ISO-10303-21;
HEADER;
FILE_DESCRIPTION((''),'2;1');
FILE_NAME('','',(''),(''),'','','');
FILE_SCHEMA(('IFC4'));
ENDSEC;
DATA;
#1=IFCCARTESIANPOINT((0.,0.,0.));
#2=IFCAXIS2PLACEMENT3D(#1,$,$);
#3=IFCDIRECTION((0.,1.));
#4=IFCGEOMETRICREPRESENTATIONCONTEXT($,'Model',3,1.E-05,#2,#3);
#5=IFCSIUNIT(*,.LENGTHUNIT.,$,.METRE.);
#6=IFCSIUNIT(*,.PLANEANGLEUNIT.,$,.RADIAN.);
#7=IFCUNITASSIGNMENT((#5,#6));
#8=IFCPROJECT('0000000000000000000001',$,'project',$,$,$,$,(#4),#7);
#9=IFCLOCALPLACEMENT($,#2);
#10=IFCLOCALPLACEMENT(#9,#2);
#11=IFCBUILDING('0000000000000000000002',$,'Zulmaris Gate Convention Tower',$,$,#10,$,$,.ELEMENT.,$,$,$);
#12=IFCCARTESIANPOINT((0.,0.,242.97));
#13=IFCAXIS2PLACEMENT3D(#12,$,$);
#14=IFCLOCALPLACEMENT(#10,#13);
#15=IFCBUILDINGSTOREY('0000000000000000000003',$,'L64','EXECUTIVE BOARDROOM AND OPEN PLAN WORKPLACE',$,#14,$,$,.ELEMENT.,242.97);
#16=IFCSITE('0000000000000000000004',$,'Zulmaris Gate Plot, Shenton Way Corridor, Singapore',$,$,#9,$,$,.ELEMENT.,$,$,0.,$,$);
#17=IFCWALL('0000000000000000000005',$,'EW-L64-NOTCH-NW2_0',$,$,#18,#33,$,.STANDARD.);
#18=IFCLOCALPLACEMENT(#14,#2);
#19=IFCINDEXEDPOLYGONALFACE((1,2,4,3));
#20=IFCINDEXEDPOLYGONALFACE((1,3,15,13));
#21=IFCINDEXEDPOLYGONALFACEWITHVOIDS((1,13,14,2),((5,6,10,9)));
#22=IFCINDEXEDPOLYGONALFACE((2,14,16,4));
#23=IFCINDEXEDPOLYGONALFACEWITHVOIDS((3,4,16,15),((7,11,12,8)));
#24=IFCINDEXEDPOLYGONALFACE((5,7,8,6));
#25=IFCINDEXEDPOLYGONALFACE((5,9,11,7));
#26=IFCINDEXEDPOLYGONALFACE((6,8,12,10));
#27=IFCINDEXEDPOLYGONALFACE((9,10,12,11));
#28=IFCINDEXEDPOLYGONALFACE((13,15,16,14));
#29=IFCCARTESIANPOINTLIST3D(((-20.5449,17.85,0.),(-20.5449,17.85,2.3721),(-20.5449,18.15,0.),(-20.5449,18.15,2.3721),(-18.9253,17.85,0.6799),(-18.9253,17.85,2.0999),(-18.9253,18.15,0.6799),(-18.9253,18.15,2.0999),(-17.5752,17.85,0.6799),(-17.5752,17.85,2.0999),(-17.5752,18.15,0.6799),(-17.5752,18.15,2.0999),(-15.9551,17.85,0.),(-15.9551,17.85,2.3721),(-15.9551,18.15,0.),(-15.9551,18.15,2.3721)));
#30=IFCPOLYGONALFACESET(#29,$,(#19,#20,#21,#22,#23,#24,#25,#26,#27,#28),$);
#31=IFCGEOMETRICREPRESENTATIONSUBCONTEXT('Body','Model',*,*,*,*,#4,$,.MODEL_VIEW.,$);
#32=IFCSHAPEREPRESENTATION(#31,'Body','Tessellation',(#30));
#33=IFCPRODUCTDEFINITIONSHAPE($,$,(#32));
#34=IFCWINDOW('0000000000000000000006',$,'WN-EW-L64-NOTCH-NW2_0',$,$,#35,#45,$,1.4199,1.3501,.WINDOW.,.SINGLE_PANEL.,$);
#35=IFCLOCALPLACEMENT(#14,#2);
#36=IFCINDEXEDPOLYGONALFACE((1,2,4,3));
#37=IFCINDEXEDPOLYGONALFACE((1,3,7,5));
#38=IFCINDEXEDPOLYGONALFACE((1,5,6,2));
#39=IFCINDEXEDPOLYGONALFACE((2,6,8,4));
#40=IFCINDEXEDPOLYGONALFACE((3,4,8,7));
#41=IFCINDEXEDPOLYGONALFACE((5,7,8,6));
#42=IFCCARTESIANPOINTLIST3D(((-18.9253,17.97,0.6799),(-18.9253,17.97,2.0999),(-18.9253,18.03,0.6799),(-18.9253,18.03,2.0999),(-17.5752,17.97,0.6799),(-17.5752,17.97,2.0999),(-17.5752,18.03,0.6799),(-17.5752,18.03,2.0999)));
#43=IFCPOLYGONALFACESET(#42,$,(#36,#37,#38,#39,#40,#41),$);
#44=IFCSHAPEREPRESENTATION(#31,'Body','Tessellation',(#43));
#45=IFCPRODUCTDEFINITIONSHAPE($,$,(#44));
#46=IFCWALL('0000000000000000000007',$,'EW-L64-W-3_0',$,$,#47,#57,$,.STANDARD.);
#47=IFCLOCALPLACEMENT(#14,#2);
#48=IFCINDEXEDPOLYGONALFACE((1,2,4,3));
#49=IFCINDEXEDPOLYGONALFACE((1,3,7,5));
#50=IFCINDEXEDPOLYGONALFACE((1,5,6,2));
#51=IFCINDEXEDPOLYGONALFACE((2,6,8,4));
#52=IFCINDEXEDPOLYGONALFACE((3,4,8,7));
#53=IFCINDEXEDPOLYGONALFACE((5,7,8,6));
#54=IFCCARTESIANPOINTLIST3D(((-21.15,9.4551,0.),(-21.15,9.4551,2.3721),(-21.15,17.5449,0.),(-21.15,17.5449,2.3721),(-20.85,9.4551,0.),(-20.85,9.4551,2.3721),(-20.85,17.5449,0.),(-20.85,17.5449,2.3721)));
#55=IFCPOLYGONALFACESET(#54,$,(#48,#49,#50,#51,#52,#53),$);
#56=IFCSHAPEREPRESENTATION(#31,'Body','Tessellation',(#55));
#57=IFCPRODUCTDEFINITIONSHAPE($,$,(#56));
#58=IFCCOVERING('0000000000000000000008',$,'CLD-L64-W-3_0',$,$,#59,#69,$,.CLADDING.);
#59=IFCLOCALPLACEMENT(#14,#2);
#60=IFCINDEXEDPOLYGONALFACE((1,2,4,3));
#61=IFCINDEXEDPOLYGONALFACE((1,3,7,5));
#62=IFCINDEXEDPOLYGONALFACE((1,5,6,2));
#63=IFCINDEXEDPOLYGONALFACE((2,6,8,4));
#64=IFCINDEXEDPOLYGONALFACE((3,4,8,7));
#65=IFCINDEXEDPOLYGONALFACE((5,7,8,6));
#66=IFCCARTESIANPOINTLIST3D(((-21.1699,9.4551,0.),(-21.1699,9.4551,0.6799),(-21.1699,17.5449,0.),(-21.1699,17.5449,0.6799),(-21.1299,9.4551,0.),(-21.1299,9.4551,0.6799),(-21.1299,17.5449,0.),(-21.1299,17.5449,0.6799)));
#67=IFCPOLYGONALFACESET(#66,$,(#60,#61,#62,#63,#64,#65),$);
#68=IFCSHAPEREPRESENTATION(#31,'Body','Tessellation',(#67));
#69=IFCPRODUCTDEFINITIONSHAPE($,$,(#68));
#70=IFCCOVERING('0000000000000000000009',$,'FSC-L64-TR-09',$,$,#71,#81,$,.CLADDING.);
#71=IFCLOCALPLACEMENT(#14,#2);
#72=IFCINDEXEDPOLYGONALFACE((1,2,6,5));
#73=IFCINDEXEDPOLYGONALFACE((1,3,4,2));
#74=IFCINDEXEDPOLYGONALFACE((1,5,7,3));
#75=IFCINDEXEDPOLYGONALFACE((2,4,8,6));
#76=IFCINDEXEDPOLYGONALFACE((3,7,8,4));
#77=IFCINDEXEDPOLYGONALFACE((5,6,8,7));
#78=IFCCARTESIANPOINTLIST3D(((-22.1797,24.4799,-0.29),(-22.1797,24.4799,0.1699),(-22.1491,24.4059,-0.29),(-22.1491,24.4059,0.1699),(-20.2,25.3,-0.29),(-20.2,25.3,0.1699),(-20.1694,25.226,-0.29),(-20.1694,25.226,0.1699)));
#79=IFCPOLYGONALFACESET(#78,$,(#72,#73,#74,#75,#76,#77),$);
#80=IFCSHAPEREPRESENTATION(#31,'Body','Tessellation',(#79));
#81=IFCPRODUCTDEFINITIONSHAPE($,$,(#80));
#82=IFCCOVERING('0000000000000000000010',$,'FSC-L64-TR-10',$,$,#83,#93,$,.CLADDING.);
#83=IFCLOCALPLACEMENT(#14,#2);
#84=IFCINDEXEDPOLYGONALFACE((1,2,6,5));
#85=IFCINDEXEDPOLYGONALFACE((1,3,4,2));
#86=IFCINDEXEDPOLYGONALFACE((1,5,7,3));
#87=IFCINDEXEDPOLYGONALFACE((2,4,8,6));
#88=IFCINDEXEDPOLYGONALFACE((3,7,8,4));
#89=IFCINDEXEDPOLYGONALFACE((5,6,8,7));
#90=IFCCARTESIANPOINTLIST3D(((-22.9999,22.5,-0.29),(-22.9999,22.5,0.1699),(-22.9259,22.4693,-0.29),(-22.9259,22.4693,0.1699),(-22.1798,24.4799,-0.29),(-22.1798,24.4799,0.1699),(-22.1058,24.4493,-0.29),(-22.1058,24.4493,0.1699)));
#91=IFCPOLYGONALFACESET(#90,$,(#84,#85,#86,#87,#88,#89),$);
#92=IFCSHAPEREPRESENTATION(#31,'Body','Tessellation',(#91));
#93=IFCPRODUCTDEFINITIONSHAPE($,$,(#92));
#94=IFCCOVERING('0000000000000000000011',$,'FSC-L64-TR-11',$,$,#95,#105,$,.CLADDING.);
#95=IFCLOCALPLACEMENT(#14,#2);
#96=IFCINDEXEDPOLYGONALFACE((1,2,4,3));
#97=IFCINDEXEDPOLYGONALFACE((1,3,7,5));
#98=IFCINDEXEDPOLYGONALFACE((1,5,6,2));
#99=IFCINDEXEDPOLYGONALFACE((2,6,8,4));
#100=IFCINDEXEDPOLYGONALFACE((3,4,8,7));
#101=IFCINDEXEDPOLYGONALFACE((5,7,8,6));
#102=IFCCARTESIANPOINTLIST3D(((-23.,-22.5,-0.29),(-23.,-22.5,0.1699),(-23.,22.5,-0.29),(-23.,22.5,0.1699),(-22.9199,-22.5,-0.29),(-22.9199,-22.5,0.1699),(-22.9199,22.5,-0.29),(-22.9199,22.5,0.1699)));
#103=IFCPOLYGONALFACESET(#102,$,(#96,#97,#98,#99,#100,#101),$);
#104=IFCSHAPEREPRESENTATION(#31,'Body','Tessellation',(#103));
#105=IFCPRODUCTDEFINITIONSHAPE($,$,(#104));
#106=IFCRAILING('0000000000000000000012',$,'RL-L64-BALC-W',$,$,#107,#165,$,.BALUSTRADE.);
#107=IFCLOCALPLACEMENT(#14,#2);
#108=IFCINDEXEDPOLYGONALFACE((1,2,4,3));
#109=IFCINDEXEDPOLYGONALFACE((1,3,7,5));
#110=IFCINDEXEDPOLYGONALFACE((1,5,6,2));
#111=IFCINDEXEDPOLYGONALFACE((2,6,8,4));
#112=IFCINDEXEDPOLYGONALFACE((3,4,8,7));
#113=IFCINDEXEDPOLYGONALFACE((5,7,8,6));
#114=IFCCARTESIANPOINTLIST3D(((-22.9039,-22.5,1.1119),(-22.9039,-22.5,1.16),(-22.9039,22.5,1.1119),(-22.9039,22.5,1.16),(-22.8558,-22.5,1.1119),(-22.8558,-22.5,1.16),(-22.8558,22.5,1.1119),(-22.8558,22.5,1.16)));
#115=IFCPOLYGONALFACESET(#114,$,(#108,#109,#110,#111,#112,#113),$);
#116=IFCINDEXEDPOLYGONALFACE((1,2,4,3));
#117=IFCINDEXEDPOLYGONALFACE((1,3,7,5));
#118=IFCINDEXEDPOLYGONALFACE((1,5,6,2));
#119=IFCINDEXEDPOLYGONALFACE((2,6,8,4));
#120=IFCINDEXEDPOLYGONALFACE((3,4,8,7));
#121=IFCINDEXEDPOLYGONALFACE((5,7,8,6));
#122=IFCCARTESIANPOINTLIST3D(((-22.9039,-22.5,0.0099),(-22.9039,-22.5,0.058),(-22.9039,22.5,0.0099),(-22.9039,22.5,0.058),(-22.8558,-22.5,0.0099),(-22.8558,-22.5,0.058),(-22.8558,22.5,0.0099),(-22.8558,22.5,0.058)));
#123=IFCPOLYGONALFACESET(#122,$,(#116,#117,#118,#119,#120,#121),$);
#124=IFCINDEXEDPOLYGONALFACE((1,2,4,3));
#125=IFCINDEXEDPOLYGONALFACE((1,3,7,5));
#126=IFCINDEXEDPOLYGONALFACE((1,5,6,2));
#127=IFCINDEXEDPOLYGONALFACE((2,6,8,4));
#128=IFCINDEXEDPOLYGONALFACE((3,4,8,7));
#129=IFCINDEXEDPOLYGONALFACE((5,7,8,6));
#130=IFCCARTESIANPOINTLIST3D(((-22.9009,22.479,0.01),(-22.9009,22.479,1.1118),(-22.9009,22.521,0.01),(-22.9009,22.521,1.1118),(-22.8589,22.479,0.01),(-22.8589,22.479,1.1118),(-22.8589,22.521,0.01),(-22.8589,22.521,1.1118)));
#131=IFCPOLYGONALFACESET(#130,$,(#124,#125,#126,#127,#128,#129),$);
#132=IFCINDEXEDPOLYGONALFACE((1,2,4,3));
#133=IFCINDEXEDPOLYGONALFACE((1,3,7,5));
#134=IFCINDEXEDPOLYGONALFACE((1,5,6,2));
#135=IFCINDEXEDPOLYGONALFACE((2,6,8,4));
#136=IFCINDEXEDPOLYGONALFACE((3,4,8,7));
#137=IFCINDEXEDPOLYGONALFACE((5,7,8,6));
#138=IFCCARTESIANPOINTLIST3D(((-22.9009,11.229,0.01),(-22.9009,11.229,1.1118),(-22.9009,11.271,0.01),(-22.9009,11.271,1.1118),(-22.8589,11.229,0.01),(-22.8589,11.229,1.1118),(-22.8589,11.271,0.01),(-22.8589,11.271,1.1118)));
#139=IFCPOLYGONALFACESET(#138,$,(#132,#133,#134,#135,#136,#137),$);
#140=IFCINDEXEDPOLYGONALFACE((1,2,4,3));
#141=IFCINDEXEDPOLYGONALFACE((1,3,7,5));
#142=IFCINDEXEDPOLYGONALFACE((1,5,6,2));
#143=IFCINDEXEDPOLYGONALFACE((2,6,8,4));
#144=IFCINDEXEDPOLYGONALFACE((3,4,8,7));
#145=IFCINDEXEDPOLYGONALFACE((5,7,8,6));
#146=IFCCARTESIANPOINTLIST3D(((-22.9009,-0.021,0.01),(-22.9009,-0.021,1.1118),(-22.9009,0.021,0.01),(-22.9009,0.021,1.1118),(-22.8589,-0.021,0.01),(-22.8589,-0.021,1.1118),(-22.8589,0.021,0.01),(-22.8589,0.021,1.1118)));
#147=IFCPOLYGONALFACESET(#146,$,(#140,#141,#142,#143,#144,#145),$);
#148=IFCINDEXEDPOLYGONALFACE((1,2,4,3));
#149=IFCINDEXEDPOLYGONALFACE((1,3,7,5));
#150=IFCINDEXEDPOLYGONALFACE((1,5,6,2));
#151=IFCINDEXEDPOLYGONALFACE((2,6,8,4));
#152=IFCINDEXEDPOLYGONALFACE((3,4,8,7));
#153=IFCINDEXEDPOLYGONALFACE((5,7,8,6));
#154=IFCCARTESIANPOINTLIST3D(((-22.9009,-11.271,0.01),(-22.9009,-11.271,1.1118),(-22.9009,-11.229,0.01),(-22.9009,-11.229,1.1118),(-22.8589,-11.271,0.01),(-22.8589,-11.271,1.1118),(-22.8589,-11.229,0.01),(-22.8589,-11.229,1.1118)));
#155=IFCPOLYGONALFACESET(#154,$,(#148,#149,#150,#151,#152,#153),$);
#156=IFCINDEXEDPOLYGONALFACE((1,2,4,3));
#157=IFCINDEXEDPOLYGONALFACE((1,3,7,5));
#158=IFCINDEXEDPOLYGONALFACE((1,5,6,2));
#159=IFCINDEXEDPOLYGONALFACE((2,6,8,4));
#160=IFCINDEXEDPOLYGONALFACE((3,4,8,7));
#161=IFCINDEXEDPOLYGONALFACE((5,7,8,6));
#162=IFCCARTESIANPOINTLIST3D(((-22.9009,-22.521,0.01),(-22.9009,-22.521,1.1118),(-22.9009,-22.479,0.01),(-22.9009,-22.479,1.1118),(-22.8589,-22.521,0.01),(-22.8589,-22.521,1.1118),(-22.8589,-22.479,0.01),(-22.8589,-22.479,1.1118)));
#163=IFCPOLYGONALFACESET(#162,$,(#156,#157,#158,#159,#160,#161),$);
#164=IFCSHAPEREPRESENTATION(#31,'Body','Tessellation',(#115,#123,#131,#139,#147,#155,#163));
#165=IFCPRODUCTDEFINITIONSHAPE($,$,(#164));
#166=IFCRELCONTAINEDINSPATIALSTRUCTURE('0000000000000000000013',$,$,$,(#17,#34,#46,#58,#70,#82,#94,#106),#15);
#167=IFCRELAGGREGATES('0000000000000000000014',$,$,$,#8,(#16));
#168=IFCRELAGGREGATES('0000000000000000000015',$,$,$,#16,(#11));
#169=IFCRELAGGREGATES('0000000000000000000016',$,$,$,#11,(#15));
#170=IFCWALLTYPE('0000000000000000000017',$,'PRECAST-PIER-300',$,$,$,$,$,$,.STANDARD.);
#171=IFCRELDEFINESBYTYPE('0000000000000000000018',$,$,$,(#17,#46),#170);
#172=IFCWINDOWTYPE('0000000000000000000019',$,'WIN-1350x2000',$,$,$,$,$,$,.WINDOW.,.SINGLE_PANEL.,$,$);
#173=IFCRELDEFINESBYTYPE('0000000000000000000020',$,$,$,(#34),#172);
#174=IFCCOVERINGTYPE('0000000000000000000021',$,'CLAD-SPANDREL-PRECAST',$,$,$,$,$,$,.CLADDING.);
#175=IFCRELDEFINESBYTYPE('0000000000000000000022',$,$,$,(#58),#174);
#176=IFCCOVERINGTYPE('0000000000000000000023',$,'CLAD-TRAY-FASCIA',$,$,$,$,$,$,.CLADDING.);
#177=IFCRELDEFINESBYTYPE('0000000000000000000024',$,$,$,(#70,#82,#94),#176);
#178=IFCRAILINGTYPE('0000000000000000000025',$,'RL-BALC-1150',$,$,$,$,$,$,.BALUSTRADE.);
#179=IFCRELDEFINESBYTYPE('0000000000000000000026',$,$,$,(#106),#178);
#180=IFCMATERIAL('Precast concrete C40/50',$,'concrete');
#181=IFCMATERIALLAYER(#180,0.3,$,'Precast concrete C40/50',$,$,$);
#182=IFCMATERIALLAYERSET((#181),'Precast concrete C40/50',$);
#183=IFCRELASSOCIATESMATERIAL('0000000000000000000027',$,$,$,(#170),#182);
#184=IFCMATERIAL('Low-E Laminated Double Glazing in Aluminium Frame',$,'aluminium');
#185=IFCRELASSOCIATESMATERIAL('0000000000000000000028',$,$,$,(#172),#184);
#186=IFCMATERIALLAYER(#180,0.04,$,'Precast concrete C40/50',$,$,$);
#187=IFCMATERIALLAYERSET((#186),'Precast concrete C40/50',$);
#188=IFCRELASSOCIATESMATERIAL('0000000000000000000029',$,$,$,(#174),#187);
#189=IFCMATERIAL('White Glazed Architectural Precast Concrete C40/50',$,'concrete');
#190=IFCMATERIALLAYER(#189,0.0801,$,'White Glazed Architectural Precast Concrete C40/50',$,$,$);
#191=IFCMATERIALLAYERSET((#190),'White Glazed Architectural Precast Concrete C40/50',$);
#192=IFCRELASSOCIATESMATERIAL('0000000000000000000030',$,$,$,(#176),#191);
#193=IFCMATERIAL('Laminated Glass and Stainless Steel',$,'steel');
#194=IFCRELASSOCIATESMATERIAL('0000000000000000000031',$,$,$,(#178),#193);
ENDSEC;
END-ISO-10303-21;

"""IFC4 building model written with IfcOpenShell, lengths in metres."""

from ifc_helpers import new_model, si_unit, direction, frame, frame_2d, origin, origin_2d, place, context, subcontext, project, spatial, rectangle, extrude, material, layer, layer_set, type_object, element, fill, save


model = new_model("IFC4")

# Units and contexts
model_context = context("Model", 3, precision=1e-05, world=origin(), true_north=direction((0.0, 1.0)))
body_context = subcontext(model_context, "Body", "Model", "MODEL_VIEW")
ifc_project = project(units=[si_unit("LENGTHUNIT", "METRE"), si_unit("PLANEANGLEUNIT", "RADIAN")], contexts=[model_context])

# Site, building, storey
site_placement = place(None, origin())
site = spatial("IfcSite", under=ifc_project, at=site_placement, Name="Zulmaris Gate Plot, Shenton Way Corridor, Singapore", CompositionType="ELEMENT", RefElevation=0.0)
building_placement = place(site_placement, origin())
building = spatial("IfcBuilding", under=site, at=building_placement, Name="Zulmaris Gate Convention Tower", CompositionType="ELEMENT")
storey_placement = place(building_placement, frame((0.0, 0.0, 242.97)))
storey = spatial("IfcBuildingStorey", under=building, at=storey_placement, Name="L64", Description="EXECUTIVE BOARDROOM AND OPEN PLAN WORKPLACE", CompositionType="ELEMENT", Elevation=242.97)

# Wall, opening, window
ifc_material_1 = material(Name="Precast concrete C40/50", Category="concrete")
ifc_layer_1 = layer(ifc_material_1, 0.3, Name="Precast concrete C40/50")
ifc_layer_set_1 = layer_set([ifc_layer_1], Name="Precast concrete C40/50")
wall_type_1 = type_object("IfcWallType", Name="PRECAST-PIER-300", PredefinedType="STANDARD", material=ifc_layer_set_1)
ifc_material_2 = material(Name="Low-E Laminated Double Glazing in Aluminium Frame", Category="aluminium")
window_type = type_object("IfcWindowType", Name="WIN-1350x2000", PartitioningType="SINGLE_PANEL", PredefinedType="WINDOW", material=ifc_material_2)
wall_1_placement = place(storey_placement, frame((-15.9551, 18.0, 0.0), z_axis=(0.0, 0.0, 1.0), x_axis=(-1.0, 0.0, 0.0)))
wall_1 = element("IfcWall", 1, at=wall_1_placement, inside=storey, type_object=wall_type_1, Name="EW-L64-NOTCH-NW2_0", PredefinedType="STANDARD", context=body_context, shape_type="SweptSolid", body=[
    extrude(rectangle(XDim=4.5898, YDim=0.3, at=frame_2d((2.2949, 0.0))), origin(), (0.0, 0.0, 1.0), 2.3721),
])
opening_1_placement = place(wall_1_placement, frame((1.6201, 0.0, 0.6799)))
opening_1 = element("IfcOpeningElement", 2, at=opening_1_placement, cuts=wall_1, PredefinedType="OPENING", context=body_context, shape_type="SweptSolid", body=[
    extrude(rectangle(XDim=1.3501, YDim=1.4199, at=frame_2d((0.675, 0.71))), frame((0.0, 0.1602, 0.0), z_axis=(0.0, -1.0, 0.0), x_axis=(1.0, 0.0, 0.0)), (0.0, 0.0, 1.0), 0.3201),
])
window_1_placement = place(opening_1_placement, origin())
window_1 = element("IfcWindow", 3, at=window_1_placement, inside=storey, type_object=window_type, Name="WN-EW-L64-NOTCH-NW2_0", OverallHeight=1.4199, OverallWidth=1.3501, PartitioningType="SINGLE_PANEL", PredefinedType="WINDOW", context=body_context, shape_type="SweptSolid", body=[
    extrude(rectangle(XDim=1.3501, YDim=1.4199, at=frame_2d((0.675, 0.71))), frame((0.0, 0.03, 0.0), z_axis=(0.0, -1.0, 0.0), x_axis=(1.0, 0.0, 0.0)), (0.0, 0.0, 1.0), 0.0601),
])
fill(opening_1, window_1)

# Wall
wall_2_placement = place(storey_placement, frame((-21.0, 17.5449, 0.0), z_axis=(0.0, 0.0, 1.0), x_axis=(0.0, -1.0, 0.0)))
element("IfcWall", 4, at=wall_2_placement, inside=storey, type_object=wall_type_1, Name="EW-L64-W-3_0", PredefinedType="STANDARD", context=body_context, shape_type="SweptSolid", body=[
    extrude(rectangle(XDim=8.0898, YDim=0.3, at=frame_2d((4.0449, 0.0))), origin(), (0.0, 0.0, 1.0), 2.3721),
])

# Coverings
ifc_layer_2 = layer(ifc_material_1, 0.04, Name="Precast concrete C40/50")
ifc_layer_set_2 = layer_set([ifc_layer_2], Name="Precast concrete C40/50")
covering_type_1 = type_object("IfcCoveringType", Name="CLAD-SPANDREL-PRECAST", PredefinedType="CLADDING", material=ifc_layer_set_2)
covering_1_placement = place(storey_placement, frame((-21.1499, 17.5449, 0.0), z_axis=(0.0, 0.0, 1.0), x_axis=(0.0, -1.0, 0.0)))
element("IfcCovering", 5, at=covering_1_placement, inside=storey, type_object=covering_type_1, Name="CLD-L64-W-3_0", PredefinedType="CLADDING", context=body_context, shape_type="SweptSolid", body=[
    extrude(rectangle(XDim=8.0898, YDim=0.04, at=frame_2d((4.0449, 0.0))), origin(), (0.0, 0.0, 1.0), 0.6799),
])
ifc_material_3 = material(Name="White Glazed Architectural Precast Concrete C40/50", Category="concrete")
ifc_layer_3 = layer(ifc_material_3, 0.0801, Name="White Glazed Architectural Precast Concrete C40/50")
ifc_layer_set_3 = layer_set([ifc_layer_3], Name="White Glazed Architectural Precast Concrete C40/50")
covering_type_2 = type_object("IfcCoveringType", Name="CLAD-TRAY-FASCIA", PredefinedType="CLADDING", material=ifc_layer_set_3)
covering_2_placement = place(storey_placement, frame((-20.1848, 25.2629, -0.29), z_axis=(0.0, 0.0, 1.0), x_axis=(-0.923874, -0.382697, 0.0)))
element("IfcCovering", 6, at=covering_2_placement, inside=storey, type_object=covering_type_2, Name="FSC-L64-TR-09", PredefinedType="CLADDING", context=body_context, shape_type="SweptSolid", body=[
    extrude(rectangle(XDim=2.1428, YDim=0.0801, at=frame_2d((1.0713, 0.0))), origin(), (0.0, 0.0, 1.0), 0.46),
])
covering_3_placement = place(storey_placement, frame((-22.1428, 24.4646, -0.29), z_axis=(0.0, 0.0, 1.0), x_axis=(-0.382657, -0.92389, 0.0)))
element("IfcCovering", 7, at=covering_3_placement, inside=storey, type_object=covering_type_2, Name="FSC-L64-TR-10", PredefinedType="CLADDING", context=body_context, shape_type="SweptSolid", body=[
    extrude(rectangle(XDim=2.1431, YDim=0.0801, at=frame_2d((1.0715, 0.0))), origin(), (0.0, 0.0, 1.0), 0.46),
])
covering_4_placement = place(storey_placement, frame((-22.96, 22.5, -0.29), z_axis=(0.0, 0.0, 1.0), x_axis=(0.0, -1.0, 0.0)))
element("IfcCovering", 8, at=covering_4_placement, inside=storey, type_object=covering_type_2, Name="FSC-L64-TR-11", PredefinedType="CLADDING", context=body_context, shape_type="SweptSolid", body=[
    extrude(rectangle(XDim=45.0, YDim=0.0801, at=frame_2d((22.5, 0.0))), origin(), (0.0, 0.0, 1.0), 0.46),
])

# Railing
ifc_material_4 = material(Name="Laminated Glass and Stainless Steel", Category="steel")
railing_type = type_object("IfcRailingType", Name="RL-BALC-1150", PredefinedType="BALUSTRADE", material=ifc_material_4)
railing_placement = place(storey_placement, frame((-22.8799, 22.5, 0.01)))
element("IfcRailing", 9, at=railing_placement, inside=storey, type_object=railing_type, Name="RL-L64-BALC-W", PredefinedType="BALUSTRADE", context=body_context, shape_type="SweptSolid", body=[
    extrude(rectangle(XDim=0.0481, YDim=0.0481, at=origin_2d()), frame((0.0, 0.0, 1.126), z_axis=(0.0, -1.0, 0.0), x_axis=(1.0, 0.0, 0.0)), (0.0, 0.0, 1.0), 45.0),
    extrude(rectangle(XDim=0.0481, YDim=0.0481, at=origin_2d()), frame((0.0, 0.0, 0.0239), z_axis=(0.0, -1.0, 0.0), x_axis=(1.0, 0.0, 0.0)), (0.0, 0.0, 1.0), 45.0),
    extrude(rectangle(XDim=0.042, YDim=0.042, at=origin_2d()), origin(), (0.0, 0.0, 1.0), 1.1018),
    extrude(rectangle(XDim=0.042, YDim=0.042, at=origin_2d()), frame((0.0, -11.25, 0.0)), (0.0, 0.0, 1.0), 1.1018),
    extrude(rectangle(XDim=0.042, YDim=0.042, at=origin_2d()), frame((0.0, -22.5, 0.0)), (0.0, 0.0, 1.0), 1.1018),
    extrude(rectangle(XDim=0.042, YDim=0.042, at=origin_2d()), frame((0.0, -33.75, 0.0)), (0.0, 0.0, 1.0), 1.1018),
    extrude(rectangle(XDim=0.042, YDim=0.042, at=origin_2d()), frame((0.0, -45.0, 0.0)), (0.0, 0.0, 1.0), 1.1018),
])

save(model, "model.ifc")
